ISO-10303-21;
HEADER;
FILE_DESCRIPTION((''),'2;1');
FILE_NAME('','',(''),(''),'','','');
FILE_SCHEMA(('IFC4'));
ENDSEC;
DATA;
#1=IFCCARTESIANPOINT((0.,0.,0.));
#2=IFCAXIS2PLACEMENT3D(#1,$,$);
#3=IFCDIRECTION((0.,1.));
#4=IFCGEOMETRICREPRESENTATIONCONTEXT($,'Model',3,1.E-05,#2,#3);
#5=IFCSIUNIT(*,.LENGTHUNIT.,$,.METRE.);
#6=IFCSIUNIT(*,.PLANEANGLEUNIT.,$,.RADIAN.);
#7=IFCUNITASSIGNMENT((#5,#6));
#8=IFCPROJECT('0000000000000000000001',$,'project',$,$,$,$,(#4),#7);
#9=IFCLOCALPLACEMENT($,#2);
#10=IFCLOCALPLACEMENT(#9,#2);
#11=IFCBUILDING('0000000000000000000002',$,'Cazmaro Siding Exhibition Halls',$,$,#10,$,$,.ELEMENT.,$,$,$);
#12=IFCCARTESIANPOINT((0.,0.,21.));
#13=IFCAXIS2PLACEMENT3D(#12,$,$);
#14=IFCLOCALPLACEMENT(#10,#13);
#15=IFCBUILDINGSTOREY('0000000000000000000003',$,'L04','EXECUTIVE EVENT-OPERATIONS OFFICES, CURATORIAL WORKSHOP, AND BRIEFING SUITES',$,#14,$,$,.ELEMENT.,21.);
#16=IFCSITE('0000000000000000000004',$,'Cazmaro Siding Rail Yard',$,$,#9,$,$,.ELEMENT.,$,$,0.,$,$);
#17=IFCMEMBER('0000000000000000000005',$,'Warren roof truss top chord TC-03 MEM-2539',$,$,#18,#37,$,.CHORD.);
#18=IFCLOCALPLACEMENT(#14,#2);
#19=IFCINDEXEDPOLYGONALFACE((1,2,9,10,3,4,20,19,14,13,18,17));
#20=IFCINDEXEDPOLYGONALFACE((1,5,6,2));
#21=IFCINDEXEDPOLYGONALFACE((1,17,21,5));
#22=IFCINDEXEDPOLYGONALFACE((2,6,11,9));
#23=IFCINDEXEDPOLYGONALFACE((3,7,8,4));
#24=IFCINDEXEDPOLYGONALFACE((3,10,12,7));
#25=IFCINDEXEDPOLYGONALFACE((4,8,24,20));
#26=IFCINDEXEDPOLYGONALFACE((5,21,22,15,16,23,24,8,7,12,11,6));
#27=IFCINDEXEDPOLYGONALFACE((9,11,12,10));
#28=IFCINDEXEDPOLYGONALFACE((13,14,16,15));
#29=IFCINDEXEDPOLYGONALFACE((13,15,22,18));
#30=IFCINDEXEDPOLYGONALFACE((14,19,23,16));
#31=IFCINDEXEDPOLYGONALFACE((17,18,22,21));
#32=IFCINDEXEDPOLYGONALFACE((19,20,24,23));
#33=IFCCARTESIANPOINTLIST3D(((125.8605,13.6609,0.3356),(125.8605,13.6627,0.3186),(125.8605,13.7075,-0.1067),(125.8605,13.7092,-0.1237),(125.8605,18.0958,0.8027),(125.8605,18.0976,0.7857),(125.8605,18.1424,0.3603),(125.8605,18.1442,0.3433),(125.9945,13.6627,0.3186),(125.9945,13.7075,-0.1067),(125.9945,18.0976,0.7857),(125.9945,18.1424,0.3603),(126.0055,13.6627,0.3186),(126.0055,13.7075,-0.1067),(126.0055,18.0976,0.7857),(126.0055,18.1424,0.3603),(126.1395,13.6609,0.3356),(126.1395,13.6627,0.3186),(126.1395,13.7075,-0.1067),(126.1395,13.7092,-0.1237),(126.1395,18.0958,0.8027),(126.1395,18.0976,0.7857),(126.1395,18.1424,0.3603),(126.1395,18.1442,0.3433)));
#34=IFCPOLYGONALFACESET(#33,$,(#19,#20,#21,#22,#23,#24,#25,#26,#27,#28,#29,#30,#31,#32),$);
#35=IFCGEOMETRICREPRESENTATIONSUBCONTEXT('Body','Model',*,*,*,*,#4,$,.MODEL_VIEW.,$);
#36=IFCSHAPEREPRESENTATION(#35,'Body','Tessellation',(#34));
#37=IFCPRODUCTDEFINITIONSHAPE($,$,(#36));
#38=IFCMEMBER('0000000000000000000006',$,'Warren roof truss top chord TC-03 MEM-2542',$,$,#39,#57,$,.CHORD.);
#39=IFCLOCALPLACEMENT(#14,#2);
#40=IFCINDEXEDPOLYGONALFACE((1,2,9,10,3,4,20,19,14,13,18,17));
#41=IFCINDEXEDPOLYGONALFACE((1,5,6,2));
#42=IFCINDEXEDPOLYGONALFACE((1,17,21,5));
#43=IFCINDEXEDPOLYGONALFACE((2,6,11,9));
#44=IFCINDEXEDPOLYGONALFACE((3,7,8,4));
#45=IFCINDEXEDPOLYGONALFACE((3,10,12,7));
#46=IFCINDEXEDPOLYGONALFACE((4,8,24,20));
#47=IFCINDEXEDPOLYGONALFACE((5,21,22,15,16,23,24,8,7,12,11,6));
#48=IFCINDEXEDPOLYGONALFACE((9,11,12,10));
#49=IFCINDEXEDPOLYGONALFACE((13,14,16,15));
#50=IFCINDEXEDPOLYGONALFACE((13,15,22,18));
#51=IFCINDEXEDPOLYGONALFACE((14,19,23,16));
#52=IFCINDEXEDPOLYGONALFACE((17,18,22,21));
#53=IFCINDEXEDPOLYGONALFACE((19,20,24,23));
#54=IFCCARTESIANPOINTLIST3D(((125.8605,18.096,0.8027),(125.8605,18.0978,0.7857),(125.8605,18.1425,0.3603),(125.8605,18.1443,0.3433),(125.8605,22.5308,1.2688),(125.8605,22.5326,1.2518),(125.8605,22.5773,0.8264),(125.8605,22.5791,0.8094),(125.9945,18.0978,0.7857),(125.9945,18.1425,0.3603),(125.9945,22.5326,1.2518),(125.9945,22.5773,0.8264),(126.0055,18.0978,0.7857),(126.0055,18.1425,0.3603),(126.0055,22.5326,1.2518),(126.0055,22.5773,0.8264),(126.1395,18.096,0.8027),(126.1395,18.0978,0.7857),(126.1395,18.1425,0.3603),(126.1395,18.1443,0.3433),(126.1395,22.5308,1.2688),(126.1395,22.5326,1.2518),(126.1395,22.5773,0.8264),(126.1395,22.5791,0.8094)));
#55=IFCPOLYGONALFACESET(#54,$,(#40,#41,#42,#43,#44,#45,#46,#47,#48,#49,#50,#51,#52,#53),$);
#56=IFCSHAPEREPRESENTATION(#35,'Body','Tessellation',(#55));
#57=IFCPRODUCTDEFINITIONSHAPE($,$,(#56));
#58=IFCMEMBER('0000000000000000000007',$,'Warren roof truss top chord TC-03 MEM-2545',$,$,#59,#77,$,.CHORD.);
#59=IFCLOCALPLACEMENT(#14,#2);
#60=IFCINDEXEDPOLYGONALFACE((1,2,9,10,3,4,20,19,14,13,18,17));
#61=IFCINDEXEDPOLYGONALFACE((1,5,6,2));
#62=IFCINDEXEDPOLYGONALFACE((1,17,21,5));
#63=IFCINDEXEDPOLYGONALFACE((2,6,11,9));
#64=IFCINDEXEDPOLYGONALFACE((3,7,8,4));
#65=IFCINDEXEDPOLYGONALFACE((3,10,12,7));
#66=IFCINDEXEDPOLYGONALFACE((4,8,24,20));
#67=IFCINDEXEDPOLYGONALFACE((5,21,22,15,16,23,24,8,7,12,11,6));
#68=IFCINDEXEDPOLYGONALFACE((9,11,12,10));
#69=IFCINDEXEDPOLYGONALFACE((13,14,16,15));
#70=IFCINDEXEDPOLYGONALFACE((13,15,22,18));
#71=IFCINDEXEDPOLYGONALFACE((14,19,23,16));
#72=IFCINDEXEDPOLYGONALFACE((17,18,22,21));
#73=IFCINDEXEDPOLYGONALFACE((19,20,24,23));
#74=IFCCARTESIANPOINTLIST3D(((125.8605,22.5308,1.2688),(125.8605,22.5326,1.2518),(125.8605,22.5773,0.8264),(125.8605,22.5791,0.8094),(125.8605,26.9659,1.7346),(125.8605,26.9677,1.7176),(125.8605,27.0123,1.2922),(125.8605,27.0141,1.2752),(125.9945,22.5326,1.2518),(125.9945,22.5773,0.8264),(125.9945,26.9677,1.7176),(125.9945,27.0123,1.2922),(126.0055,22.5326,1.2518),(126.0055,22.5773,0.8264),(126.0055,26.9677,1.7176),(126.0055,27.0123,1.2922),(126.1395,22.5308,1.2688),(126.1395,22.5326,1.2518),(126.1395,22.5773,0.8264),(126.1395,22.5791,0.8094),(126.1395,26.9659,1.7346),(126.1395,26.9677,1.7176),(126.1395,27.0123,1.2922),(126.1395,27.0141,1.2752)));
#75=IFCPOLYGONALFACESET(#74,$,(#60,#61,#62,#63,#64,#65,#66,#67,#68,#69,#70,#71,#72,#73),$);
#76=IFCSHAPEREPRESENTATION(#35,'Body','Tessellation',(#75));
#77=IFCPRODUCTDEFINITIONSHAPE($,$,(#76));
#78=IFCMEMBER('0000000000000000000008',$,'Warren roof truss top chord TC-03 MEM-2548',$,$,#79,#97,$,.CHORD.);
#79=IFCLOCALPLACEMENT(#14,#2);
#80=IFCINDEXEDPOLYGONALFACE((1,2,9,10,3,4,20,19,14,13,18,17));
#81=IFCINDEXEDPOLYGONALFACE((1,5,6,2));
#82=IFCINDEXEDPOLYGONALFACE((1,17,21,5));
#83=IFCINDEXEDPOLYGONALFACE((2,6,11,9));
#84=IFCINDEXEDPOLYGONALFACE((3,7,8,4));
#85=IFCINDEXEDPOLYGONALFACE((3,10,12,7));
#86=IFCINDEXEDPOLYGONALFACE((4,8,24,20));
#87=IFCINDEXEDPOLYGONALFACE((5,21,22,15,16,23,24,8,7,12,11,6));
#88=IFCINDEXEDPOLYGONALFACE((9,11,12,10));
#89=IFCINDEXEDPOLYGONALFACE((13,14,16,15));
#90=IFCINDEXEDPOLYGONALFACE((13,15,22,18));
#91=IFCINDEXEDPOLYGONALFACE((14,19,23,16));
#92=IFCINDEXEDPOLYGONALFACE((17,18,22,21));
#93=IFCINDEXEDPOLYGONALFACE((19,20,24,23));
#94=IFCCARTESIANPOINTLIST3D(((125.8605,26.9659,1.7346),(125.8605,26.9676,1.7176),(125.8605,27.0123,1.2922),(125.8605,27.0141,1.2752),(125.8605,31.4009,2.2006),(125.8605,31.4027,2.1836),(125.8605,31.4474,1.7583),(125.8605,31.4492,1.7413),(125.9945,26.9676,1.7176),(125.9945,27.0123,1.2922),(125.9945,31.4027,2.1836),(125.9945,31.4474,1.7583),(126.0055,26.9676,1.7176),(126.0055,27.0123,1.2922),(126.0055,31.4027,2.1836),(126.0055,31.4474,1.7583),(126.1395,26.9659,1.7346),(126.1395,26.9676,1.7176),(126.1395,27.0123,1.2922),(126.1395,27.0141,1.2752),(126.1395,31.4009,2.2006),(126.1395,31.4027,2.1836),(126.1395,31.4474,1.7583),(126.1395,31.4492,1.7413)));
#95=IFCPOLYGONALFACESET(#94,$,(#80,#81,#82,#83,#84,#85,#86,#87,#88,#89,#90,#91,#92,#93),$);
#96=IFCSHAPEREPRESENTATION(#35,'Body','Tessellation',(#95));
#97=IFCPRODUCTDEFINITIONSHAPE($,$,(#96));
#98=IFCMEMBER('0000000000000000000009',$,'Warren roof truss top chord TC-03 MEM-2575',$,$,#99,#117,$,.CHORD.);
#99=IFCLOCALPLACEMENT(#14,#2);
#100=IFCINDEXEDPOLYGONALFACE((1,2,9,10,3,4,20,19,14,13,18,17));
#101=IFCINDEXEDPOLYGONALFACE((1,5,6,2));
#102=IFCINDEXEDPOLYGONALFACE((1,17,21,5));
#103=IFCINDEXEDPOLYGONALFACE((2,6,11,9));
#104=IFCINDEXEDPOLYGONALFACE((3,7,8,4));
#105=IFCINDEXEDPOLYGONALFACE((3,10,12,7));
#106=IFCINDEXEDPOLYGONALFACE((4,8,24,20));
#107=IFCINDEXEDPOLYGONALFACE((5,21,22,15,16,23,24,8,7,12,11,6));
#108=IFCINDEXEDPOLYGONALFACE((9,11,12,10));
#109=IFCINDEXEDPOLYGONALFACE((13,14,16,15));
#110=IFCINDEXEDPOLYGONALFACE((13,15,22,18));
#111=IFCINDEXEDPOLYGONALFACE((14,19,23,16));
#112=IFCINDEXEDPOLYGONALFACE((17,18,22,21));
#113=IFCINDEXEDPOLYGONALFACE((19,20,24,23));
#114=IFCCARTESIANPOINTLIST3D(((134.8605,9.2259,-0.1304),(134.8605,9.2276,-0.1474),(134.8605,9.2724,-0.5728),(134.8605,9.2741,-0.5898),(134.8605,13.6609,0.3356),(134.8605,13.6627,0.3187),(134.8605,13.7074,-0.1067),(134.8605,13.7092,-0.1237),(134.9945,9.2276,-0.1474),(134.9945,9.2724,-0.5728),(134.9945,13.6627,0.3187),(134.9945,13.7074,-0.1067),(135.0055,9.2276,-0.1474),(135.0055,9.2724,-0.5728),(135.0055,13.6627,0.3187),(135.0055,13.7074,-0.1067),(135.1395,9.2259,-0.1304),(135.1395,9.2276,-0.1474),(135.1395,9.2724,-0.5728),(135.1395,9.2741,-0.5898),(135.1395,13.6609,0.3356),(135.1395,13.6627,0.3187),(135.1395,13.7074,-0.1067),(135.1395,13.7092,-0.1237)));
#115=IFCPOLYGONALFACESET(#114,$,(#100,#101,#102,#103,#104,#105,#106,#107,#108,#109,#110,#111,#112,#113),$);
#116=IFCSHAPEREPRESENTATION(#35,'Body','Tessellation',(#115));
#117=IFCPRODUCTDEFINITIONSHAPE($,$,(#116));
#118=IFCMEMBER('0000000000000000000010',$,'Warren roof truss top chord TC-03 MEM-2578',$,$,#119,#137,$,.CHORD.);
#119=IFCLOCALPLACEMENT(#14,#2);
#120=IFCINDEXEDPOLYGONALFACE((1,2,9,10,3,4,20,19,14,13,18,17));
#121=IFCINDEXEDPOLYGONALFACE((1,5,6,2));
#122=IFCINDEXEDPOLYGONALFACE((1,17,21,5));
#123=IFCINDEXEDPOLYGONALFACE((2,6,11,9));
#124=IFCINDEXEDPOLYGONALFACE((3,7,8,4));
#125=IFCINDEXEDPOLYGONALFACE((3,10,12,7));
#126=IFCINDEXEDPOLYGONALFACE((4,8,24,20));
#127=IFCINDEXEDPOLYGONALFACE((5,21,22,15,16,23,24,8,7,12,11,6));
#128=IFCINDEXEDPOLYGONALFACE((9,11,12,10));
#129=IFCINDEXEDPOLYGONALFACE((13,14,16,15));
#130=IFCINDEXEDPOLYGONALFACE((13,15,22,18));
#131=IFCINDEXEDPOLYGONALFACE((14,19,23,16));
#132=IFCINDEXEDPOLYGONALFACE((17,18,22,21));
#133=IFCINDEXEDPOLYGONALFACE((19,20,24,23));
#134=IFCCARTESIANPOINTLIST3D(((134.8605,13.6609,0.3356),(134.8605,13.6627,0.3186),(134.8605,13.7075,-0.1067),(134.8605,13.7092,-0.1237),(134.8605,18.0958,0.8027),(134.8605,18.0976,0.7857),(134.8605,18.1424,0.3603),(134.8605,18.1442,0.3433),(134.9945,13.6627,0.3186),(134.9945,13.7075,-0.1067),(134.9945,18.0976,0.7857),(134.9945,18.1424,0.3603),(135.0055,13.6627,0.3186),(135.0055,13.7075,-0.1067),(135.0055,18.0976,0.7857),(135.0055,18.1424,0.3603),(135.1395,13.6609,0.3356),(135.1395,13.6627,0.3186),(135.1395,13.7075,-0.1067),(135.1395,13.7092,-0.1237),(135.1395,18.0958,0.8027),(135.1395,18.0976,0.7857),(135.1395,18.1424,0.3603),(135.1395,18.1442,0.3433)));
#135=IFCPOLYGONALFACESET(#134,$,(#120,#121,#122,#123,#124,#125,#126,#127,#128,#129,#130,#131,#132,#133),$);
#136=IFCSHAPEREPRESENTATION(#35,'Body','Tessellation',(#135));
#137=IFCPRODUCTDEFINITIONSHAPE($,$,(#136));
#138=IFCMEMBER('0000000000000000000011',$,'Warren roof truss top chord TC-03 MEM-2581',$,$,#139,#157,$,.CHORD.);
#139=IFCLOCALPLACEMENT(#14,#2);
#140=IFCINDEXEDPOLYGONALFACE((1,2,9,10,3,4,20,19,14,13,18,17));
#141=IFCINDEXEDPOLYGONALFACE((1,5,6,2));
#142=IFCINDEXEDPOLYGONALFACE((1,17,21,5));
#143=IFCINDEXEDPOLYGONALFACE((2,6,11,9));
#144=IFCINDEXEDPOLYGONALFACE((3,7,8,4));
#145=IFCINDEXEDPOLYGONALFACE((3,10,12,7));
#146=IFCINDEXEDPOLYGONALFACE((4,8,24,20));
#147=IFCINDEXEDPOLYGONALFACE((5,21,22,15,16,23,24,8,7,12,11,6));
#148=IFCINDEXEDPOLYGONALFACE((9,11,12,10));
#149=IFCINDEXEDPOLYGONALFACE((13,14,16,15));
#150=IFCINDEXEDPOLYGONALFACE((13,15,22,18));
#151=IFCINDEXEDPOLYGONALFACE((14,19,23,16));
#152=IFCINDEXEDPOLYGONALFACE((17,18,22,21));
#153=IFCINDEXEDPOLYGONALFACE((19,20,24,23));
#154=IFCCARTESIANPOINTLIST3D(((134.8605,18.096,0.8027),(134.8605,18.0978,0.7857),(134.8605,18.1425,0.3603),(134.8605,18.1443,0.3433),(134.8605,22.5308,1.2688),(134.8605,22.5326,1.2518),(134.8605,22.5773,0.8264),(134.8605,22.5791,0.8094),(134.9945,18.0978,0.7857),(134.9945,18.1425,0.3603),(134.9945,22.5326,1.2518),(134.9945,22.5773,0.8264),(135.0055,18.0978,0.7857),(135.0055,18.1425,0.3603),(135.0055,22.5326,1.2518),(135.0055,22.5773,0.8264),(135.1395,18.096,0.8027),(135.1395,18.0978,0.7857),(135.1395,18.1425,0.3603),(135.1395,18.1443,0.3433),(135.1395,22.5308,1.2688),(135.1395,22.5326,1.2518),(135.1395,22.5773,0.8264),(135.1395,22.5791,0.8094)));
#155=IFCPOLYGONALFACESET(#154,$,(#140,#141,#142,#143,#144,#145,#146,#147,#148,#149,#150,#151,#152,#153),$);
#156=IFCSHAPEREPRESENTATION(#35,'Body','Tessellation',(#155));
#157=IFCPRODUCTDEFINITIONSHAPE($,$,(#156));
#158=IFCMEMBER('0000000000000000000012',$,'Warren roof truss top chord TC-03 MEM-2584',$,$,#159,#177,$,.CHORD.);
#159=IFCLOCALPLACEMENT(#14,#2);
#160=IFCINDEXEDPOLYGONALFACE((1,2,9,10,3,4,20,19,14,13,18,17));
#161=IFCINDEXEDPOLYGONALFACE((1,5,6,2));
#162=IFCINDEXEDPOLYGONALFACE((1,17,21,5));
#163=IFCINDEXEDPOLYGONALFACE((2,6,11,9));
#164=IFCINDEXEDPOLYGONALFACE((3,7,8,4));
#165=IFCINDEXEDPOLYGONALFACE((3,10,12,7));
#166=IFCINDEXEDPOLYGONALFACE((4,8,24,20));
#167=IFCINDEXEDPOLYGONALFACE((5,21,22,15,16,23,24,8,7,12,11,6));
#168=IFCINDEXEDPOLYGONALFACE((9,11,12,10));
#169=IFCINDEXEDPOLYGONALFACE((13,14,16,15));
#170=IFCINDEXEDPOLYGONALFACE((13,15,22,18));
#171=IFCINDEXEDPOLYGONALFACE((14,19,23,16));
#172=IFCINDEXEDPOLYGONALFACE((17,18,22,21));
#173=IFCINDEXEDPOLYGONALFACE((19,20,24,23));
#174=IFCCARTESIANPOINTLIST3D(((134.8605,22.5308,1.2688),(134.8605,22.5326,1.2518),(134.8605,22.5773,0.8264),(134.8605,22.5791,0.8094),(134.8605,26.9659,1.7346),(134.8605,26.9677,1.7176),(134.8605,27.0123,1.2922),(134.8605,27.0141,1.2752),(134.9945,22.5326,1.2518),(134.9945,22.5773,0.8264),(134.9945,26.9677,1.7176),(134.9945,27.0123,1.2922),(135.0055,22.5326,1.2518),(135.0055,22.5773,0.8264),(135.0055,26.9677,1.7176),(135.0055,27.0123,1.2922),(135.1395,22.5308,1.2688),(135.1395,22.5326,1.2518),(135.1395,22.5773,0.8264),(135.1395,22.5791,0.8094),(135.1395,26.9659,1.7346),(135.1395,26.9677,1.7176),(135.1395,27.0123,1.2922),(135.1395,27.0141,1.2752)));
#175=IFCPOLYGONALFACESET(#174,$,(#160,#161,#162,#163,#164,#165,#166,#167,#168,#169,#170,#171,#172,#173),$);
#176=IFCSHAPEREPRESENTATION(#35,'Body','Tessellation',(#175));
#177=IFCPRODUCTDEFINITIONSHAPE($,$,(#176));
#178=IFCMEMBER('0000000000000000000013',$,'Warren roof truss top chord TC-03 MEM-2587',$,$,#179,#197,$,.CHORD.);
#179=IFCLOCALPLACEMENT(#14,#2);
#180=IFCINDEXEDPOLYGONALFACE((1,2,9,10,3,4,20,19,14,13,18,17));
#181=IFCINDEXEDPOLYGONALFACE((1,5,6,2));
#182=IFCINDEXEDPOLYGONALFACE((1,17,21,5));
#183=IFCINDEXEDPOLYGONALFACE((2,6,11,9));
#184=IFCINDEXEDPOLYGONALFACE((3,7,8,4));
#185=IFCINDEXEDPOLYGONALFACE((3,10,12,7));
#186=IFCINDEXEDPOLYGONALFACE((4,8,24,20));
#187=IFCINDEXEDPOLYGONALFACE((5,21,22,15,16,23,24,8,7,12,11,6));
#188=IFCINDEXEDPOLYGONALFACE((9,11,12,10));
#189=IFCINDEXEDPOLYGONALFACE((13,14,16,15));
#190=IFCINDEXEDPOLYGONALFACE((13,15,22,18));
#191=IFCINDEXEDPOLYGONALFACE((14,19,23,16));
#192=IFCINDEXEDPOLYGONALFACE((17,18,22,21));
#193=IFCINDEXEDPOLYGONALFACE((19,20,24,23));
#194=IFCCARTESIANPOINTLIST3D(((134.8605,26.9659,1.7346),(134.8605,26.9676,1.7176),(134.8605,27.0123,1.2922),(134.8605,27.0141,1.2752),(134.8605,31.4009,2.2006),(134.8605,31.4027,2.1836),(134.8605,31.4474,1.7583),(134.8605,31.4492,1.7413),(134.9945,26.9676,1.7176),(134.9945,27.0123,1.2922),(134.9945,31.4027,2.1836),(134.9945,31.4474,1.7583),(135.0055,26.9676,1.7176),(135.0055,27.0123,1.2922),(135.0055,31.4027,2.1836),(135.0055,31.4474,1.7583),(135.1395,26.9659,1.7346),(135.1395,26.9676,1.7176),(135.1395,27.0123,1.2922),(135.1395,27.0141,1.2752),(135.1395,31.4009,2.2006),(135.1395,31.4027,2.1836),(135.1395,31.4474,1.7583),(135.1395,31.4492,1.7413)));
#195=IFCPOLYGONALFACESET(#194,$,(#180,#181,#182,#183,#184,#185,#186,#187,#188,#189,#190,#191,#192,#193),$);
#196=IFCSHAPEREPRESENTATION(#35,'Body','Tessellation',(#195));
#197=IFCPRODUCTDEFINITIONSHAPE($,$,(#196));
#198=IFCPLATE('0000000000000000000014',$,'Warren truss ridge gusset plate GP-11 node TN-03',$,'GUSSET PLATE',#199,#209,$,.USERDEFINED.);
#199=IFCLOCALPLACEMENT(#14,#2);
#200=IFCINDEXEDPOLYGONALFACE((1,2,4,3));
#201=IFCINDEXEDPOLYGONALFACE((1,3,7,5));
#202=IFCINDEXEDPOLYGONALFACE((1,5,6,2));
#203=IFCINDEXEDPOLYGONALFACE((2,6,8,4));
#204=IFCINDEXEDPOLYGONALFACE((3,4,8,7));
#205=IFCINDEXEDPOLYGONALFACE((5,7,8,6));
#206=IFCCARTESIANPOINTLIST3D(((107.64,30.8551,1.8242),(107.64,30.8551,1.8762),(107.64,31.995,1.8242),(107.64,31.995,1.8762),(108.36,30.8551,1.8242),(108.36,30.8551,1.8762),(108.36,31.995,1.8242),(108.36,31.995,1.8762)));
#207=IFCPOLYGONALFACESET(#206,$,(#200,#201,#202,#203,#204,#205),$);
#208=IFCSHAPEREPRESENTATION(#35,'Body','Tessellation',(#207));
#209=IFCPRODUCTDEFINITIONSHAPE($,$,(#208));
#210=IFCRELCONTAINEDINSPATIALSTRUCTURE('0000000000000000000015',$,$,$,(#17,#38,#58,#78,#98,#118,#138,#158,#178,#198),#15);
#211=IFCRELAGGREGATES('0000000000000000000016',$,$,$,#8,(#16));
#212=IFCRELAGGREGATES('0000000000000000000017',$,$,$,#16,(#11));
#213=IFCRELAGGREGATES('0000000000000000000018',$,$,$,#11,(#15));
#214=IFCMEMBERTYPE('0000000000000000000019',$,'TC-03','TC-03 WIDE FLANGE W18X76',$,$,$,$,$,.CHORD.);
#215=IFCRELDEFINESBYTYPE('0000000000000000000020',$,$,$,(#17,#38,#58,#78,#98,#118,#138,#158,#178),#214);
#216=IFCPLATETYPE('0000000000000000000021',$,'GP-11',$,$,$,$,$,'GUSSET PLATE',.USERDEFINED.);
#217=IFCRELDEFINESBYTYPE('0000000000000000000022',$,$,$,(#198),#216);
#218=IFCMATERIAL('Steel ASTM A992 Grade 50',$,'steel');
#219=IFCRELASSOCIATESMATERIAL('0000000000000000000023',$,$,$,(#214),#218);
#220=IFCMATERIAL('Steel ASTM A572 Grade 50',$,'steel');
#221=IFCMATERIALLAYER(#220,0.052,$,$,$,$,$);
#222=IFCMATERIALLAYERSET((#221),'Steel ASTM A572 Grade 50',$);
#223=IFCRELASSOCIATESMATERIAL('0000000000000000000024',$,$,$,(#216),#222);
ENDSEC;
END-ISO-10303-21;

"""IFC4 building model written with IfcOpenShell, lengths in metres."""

from ifc_helpers import new_model, si_unit, direction, frame, origin, origin_2d, place, context, subcontext, project, spatial, rectangle, i_section, extrude, material, layer, layer_set, material_profile, profile_set, type_object, element, save


model = new_model("IFC4")

# Units and contexts
model_context = context("Model", 3, precision=1e-05, world=origin(), true_north=direction((0.0, 1.0)))
body_context = subcontext(model_context, "Body", "Model", "MODEL_VIEW")
ifc_project = project(units=[si_unit("LENGTHUNIT", "METRE"), si_unit("PLANEANGLEUNIT", "RADIAN")], contexts=[model_context])

# Site, building, storey
site_placement = place(None, origin())
site = spatial("IfcSite", under=ifc_project, at=site_placement, Name="Cazmaro Siding Rail Yard", CompositionType="ELEMENT", RefElevation=0.0)
building_placement = place(site_placement, origin())
building = spatial("IfcBuilding", under=site, at=building_placement, Name="Cazmaro Siding Exhibition Halls", CompositionType="ELEMENT")
storey_placement = place(building_placement, frame((0.0, 0.0, 21.0)))
storey = spatial("IfcBuildingStorey", under=building, at=storey_placement, Name="L04", Description="EXECUTIVE EVENT-OPERATIONS OFFICES, CURATORIAL WORKSHOP, AND BRIEFING SUITES", CompositionType="ELEMENT", Elevation=21.0)

# Members
ifc_material_1 = material(Name="Steel ASTM A992 Grade 50", Category="steel")
ifc_material_profile_1 = material_profile(ifc_material_1, i_section(OverallWidth=0.2791, OverallDepth=0.4619, WebThickness=0.011, FlangeThickness=0.0171, at=origin_2d()), Name="W18X76")
ifc_profile_set_1 = profile_set([ifc_material_profile_1], Name="Steel ASTM A992 Grade 50")
member_type_1 = type_object("IfcMemberType", Name="TC-03", Description="TC-03 WIDE FLANGE W18X76", PredefinedType="CHORD", material=ifc_profile_set_1)
for number, where, z_axis, x_axis, name in (
    (1, (126.0, 13.6851, 0.106), (0.0, 0.994501, 0.104728), (-1.0, 0.0, 0.0), "Warren roof truss top chord TC-03 MEM-2539"),
):
    element("IfcMember", number, at=place(storey_placement, frame(where, z_axis=z_axis, x_axis=x_axis)), inside=storey, type_object=member_type_1, Name=name, PredefinedType="CHORD", context=body_context, shape_type="SweptSolid", body=[
        extrude(i_section(OverallWidth=0.2791, OverallDepth=0.4619, WebThickness=0.011, FlangeThickness=0.0171, at=origin_2d()), origin(), (0.0, 0.0, 1.0), 4.4595),
    ])
member_1_placement = place(storey_placement, frame((126.0, 18.1201, 0.573), z_axis=(0.0, 0.994523, 0.104517), x_axis=(-1.0, 0.0, 0.0)))
element("IfcMember", 2, at=member_1_placement, inside=storey, type_object=member_type_1, Name="Warren roof truss top chord TC-03 MEM-2542", PredefinedType="CHORD", context=body_context, shape_type="SweptSolid", body=[
    extrude(i_section(OverallWidth=0.2791, OverallDepth=0.4619, WebThickness=0.011, FlangeThickness=0.0171, at=origin_2d()), origin(), (0.0, 0.0, 1.0), 4.4592),
])
for number, where, z_axis, x_axis, name in (
    (3, (126.0, 22.5549, 1.0391), (0.0, 0.994529, 0.104457), (-1.0, 0.0, 0.0), "Warren roof truss top chord TC-03 MEM-2545"),
    (4, (126.0, 26.99, 1.5049), (0.0, 0.994524, 0.104511), (-1.0, 0.0, 0.0), "Warren roof truss top chord TC-03 MEM-2548"),
    (5, (135.0, 9.25, -0.3601), (0.0, 0.994524, 0.104511), (-1.0, 0.0, 0.0), "Warren roof truss top chord TC-03 MEM-2575"),
    (6, (135.0, 13.6851, 0.106), (0.0, 0.994501, 0.104728), (-1.0, 0.0, 0.0), "Warren roof truss top chord TC-03 MEM-2578"),
):
    element("IfcMember", number, at=place(storey_placement, frame(where, z_axis=z_axis, x_axis=x_axis)), inside=storey, type_object=member_type_1, Name=name, PredefinedType="CHORD", context=body_context, shape_type="SweptSolid", body=[
        extrude(i_section(OverallWidth=0.2791, OverallDepth=0.4619, WebThickness=0.011, FlangeThickness=0.0171, at=origin_2d()), origin(), (0.0, 0.0, 1.0), 4.4595),
    ])
member_2_placement = place(storey_placement, frame((135.0, 18.1201, 0.573), z_axis=(0.0, 0.994523, 0.104517), x_axis=(-1.0, 0.0, 0.0)))
element("IfcMember", 7, at=member_2_placement, inside=storey, type_object=member_type_1, Name="Warren roof truss top chord TC-03 MEM-2581", PredefinedType="CHORD", context=body_context, shape_type="SweptSolid", body=[
    extrude(i_section(OverallWidth=0.2791, OverallDepth=0.4619, WebThickness=0.011, FlangeThickness=0.0171, at=origin_2d()), origin(), (0.0, 0.0, 1.0), 4.4592),
])
for number, where, z_axis, x_axis, name in (
    (8, (135.0, 22.5549, 1.0391), (0.0, 0.994529, 0.104457), (-1.0, 0.0, 0.0), "Warren roof truss top chord TC-03 MEM-2584"),
    (9, (135.0, 26.99, 1.5049), (0.0, 0.994524, 0.104511), (-1.0, 0.0, 0.0), "Warren roof truss top chord TC-03 MEM-2587"),
):
    element("IfcMember", number, at=place(storey_placement, frame(where, z_axis=z_axis, x_axis=x_axis)), inside=storey, type_object=member_type_1, Name=name, PredefinedType="CHORD", context=body_context, shape_type="SweptSolid", body=[
        extrude(i_section(OverallWidth=0.2791, OverallDepth=0.4619, WebThickness=0.011, FlangeThickness=0.0171, at=origin_2d()), origin(), (0.0, 0.0, 1.0), 4.4595),
    ])

# Plate
ifc_material_2 = material(Name="Steel ASTM A572 Grade 50", Category="steel")
ifc_layer_1 = layer(ifc_material_2, 0.052)
ifc_layer_set_1 = layer_set([ifc_layer_1], Name="Steel ASTM A572 Grade 50")
plate_type = type_object("IfcPlateType", Name="GP-11", ElementType="GUSSET PLATE", PredefinedType="USERDEFINED", material=ifc_layer_set_1)
plate_placement = place(storey_placement, frame((108.0, 31.425, 1.8242), z_axis=(0.0, 0.0, 1.0), x_axis=(0.0, 1.0, 0.0)))
element("IfcPlate", 10, at=plate_placement, inside=storey, type_object=plate_type, Name="Warren truss ridge gusset plate GP-11 node TN-03", ObjectType="GUSSET PLATE", PredefinedType="USERDEFINED", context=body_context, shape_type="SweptSolid", body=[
    extrude(rectangle(XDim=1.1399, YDim=0.72, at=origin_2d()), origin(), (0.0, 0.0, 1.0), 0.052),
])

save(model, "model.ifc")
